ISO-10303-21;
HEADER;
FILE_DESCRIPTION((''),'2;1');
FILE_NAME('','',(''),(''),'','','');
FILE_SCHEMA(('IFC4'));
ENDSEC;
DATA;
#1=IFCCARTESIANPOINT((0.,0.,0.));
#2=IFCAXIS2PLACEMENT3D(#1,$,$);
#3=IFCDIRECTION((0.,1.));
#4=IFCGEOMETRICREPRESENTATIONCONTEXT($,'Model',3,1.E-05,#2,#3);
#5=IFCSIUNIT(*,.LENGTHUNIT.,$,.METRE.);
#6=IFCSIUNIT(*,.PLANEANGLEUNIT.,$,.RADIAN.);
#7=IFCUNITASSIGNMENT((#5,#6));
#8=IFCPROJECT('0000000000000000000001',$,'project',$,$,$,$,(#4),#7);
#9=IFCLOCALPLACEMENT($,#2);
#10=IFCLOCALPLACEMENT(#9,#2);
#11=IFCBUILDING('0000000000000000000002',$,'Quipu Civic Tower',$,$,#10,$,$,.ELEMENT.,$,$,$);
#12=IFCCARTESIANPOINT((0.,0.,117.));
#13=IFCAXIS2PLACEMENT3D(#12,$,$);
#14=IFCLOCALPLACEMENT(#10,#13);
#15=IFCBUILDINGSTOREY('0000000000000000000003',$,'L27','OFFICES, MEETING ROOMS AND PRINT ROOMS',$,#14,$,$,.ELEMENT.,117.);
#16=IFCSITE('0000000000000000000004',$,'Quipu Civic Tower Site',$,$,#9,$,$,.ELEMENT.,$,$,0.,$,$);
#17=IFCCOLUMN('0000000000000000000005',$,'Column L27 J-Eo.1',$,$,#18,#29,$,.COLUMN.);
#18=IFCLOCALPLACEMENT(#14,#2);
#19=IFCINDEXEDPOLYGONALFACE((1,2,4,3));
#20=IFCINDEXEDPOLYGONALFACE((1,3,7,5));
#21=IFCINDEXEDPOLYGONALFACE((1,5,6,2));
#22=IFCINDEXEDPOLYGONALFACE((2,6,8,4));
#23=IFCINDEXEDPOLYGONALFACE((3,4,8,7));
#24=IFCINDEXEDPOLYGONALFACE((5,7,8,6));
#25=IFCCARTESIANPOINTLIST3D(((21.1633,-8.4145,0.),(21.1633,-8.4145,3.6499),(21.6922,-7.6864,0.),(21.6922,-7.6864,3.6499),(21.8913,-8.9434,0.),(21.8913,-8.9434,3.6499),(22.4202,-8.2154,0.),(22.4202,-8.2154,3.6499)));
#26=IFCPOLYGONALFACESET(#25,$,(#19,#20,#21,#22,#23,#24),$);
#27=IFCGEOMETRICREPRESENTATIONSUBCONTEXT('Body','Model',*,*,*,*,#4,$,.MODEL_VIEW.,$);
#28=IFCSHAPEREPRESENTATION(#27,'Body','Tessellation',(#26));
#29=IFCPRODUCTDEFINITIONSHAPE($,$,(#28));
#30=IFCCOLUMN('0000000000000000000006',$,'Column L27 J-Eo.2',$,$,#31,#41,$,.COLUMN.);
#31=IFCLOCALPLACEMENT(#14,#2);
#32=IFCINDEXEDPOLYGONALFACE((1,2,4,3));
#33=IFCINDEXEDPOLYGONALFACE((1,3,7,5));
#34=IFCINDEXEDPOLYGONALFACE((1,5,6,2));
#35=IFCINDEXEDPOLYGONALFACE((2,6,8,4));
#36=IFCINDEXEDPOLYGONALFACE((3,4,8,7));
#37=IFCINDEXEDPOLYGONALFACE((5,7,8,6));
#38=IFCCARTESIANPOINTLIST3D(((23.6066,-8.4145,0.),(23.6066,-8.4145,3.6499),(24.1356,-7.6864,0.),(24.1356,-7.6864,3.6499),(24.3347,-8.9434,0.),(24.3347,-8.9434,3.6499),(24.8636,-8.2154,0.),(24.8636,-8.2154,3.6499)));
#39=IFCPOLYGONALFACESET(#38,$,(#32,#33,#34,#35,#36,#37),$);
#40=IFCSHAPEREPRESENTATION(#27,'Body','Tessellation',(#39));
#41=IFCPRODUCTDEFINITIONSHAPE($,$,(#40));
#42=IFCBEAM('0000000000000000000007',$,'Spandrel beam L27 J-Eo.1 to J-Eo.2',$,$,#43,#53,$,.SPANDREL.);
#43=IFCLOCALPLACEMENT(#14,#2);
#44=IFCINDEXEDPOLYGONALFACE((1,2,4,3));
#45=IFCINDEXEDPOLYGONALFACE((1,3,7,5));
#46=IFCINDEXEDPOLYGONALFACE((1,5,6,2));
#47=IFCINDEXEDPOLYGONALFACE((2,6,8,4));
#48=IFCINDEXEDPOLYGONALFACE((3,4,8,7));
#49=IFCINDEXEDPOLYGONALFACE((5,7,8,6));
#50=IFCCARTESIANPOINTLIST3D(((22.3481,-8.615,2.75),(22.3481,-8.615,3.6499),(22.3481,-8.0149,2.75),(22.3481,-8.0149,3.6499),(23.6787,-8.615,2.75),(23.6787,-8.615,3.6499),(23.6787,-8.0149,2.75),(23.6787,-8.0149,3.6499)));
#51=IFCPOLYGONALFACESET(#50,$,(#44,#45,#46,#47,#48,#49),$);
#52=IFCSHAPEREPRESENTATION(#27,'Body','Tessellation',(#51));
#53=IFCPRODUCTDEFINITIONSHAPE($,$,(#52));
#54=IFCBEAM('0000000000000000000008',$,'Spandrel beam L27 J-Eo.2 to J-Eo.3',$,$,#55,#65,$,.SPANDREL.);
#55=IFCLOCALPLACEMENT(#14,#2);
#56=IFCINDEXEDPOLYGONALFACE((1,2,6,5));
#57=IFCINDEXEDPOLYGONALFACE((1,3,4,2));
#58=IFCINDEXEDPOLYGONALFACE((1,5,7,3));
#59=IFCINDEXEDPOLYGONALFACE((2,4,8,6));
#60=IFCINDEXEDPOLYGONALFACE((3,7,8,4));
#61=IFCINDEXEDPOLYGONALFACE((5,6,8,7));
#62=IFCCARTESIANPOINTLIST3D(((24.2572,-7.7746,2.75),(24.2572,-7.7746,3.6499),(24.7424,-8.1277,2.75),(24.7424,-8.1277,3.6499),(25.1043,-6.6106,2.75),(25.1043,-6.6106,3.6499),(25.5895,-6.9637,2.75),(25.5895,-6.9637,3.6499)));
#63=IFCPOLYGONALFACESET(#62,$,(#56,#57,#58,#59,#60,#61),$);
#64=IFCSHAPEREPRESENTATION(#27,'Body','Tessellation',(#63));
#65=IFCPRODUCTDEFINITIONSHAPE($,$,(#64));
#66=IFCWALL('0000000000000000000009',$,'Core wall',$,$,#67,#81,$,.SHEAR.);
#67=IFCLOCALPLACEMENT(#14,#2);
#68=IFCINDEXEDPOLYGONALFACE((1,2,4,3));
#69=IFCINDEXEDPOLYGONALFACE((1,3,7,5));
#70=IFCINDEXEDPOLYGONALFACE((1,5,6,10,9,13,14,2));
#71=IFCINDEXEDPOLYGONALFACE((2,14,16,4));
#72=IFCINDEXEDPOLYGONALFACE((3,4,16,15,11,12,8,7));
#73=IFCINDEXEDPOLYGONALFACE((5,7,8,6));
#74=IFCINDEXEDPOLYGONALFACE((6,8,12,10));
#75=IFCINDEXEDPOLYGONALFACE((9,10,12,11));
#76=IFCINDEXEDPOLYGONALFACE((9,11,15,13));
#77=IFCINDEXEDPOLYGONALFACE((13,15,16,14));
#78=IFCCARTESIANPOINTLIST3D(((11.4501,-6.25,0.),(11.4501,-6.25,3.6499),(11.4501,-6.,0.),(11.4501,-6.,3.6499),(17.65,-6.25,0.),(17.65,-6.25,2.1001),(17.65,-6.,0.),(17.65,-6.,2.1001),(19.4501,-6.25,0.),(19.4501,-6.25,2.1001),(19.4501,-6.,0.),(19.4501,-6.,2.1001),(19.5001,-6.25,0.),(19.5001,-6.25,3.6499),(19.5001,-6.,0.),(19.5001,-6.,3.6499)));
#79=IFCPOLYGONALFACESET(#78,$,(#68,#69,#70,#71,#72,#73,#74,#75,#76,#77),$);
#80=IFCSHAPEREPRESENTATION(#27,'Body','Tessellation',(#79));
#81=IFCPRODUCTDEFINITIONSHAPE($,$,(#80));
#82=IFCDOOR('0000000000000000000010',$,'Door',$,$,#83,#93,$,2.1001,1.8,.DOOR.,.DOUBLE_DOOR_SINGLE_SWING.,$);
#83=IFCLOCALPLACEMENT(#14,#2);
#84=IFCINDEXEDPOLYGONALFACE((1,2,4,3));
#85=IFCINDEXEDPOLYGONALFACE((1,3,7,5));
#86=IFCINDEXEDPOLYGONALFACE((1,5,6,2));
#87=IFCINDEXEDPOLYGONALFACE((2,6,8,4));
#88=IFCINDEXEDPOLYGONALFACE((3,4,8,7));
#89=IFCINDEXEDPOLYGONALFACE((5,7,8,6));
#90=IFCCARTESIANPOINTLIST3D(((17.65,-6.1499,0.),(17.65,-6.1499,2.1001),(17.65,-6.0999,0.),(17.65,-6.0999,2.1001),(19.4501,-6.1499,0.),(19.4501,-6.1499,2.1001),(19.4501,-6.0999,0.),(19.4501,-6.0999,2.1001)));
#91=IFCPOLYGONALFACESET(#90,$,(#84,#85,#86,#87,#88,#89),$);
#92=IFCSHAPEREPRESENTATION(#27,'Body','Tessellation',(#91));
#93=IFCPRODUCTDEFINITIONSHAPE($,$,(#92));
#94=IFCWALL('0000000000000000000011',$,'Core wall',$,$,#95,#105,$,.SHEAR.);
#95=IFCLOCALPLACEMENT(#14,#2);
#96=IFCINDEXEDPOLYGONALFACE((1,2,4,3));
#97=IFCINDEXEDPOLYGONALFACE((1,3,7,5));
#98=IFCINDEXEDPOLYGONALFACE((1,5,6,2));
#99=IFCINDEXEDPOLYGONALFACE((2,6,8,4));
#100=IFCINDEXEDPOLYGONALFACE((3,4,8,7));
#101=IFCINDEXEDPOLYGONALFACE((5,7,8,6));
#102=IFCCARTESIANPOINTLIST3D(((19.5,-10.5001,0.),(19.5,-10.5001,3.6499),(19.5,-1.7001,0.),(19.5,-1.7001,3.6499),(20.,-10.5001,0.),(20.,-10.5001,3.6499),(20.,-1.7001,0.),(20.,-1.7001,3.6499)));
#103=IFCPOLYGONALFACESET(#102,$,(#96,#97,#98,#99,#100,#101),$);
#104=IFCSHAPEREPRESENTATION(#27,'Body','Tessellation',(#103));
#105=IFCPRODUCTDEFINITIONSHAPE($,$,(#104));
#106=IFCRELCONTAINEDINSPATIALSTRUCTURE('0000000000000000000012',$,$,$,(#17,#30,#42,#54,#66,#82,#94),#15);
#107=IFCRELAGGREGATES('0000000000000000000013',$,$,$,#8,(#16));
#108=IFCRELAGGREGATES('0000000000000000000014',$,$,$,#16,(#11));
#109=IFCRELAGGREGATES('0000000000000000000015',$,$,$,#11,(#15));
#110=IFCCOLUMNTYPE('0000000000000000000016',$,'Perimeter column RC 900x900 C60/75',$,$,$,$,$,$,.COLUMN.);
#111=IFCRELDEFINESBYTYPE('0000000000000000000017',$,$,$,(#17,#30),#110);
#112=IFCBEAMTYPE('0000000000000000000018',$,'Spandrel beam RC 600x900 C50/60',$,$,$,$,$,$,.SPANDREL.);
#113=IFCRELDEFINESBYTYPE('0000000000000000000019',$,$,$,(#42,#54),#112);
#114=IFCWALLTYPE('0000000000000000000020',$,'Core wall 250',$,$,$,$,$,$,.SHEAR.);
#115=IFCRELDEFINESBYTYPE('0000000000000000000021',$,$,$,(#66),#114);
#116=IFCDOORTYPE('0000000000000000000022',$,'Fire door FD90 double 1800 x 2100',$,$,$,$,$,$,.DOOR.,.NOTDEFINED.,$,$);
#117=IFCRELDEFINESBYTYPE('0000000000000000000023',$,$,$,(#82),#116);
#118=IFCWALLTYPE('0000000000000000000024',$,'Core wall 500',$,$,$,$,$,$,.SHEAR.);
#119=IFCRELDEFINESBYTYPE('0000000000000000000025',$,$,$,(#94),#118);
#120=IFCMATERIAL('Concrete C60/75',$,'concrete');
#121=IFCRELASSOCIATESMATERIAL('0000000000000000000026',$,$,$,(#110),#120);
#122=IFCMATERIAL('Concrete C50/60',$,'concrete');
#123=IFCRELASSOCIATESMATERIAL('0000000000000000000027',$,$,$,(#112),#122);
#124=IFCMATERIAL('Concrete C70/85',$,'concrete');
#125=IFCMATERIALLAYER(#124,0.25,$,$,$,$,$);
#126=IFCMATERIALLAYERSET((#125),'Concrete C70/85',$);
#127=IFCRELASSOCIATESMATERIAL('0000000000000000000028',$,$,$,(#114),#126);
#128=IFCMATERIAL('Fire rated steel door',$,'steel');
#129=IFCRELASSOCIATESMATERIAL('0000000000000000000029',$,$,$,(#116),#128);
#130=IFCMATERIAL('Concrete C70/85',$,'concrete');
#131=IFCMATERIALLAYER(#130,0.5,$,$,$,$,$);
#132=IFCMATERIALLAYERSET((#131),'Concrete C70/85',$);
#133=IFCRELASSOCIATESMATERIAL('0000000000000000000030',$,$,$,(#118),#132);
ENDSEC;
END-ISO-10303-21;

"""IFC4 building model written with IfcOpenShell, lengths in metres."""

from ifc_helpers import new_model, si_unit, direction, frame, frame_2d, origin, origin_2d, place, context, subcontext, project, spatial, rectangle, extrude, material, layer, layer_set, material_profile, profile_set, type_object, element, fill, save


model = new_model("IFC4")

# Units and contexts
model_context = context("Model", 3, precision=1e-05, world=origin(), true_north=direction((0.0, 1.0)))
body_context = subcontext(model_context, "Body", "Model", "MODEL_VIEW")
ifc_project = project(units=[si_unit("LENGTHUNIT", "METRE"), si_unit("PLANEANGLEUNIT", "RADIAN")], contexts=[model_context])

# Site, building, storey
site_placement = place(None, origin())
site = spatial("IfcSite", under=ifc_project, at=site_placement, Name="Quipu Civic Tower Site", CompositionType="ELEMENT", RefElevation=0.0)
building_placement = place(site_placement, origin())
building = spatial("IfcBuilding", under=site, at=building_placement, Name="Quipu Civic Tower", CompositionType="ELEMENT")
storey_placement = place(building_placement, frame((0.0, 0.0, 117.0)))
storey = spatial("IfcBuildingStorey", under=building, at=storey_placement, Name="L27", Description="OFFICES, MEETING ROOMS AND PRINT ROOMS", CompositionType="ELEMENT", Elevation=117.0)

# Columns
ifc_material_1 = material(Name="Concrete C60/75", Category="concrete")
ifc_material_profile_1 = material_profile(ifc_material_1, rectangle(XDim=0.8999, YDim=0.8999, at=origin_2d()), Name="RC900x900")
ifc_profile_set_1 = profile_set([ifc_material_profile_1], Name="Concrete C60/75")
column_type = type_object("IfcColumnType", Name="Perimeter column RC 900x900 C60/75", PredefinedType="COLUMN", material=ifc_profile_set_1)
for number, where, z_axis, x_axis, name in (
    (1, (21.7917, -8.3149, 0.0), (0.0, 0.0, 1.0), (0.587785, 0.809017, 0.0), "Column L27 J-Eo.1"),
    (2, (24.2351, -8.3149, 0.0), (0.0, 0.0, 1.0), (0.587785, 0.809017, 0.0), "Column L27 J-Eo.2"),
):
    element("IfcColumn", number, at=place(storey_placement, frame(where, z_axis=z_axis, x_axis=x_axis)), inside=storey, type_object=column_type, Name=name, PredefinedType="COLUMN", context=body_context, shape_type="SweptSolid", body=[
        extrude(rectangle(XDim=0.8999, YDim=0.8999, at=origin_2d()), origin(), (0.0, 0.0, 1.0), 3.6499),
    ])

# Beams
ifc_material_2 = material(Name="Concrete C50/60", Category="concrete")
ifc_material_profile_2 = material_profile(ifc_material_2, rectangle(XDim=0.6001, YDim=0.8999, at=origin_2d()), Name="RC600x900")
ifc_profile_set_2 = profile_set([ifc_material_profile_2], Name="Concrete C50/60")
beam_type = type_object("IfcBeamType", Name="Spandrel beam RC 600x900 C50/60", PredefinedType="SPANDREL", material=ifc_profile_set_2)
beam_1_placement = place(storey_placement, frame((22.3481, -8.3149, 3.2), z_axis=(1.0, 0.0, 0.0), x_axis=(0.0, 1.0, 0.0)))
element("IfcBeam", 3, at=beam_1_placement, inside=storey, type_object=beam_type, Name="Spandrel beam L27 J-Eo.1 to J-Eo.2", PredefinedType="SPANDREL", context=body_context, shape_type="SweptSolid", body=[
    extrude(rectangle(XDim=0.6001, YDim=0.8999, at=origin_2d()), origin(), (0.0, 0.0, 1.0), 1.3306),
])
beam_2_placement = place(storey_placement, frame((24.4998, -7.9512, 3.2), z_axis=(0.588434, 0.808545, 0.0), x_axis=(-0.808545, 0.588434, 0.0)))
element("IfcBeam", 4, at=beam_2_placement, inside=storey, type_object=beam_type, Name="Spandrel beam L27 J-Eo.2 to J-Eo.3", PredefinedType="SPANDREL", context=body_context, shape_type="SweptSolid", body=[
    extrude(rectangle(XDim=0.6001, YDim=0.8999, at=origin_2d()), origin(), (0.0, 0.0, 1.0), 1.4397),
])

# Wall, opening, door
ifc_material_3 = material(Name="Concrete C70/85", Category="concrete")
ifc_layer_1 = layer(ifc_material_3, 0.25)
ifc_layer_set_1 = layer_set([ifc_layer_1], Name="Concrete C70/85")
wall_type_1 = type_object("IfcWallType", Name="Core wall 250", PredefinedType="SHEAR", material=ifc_layer_set_1)
wall_1_placement = place(storey_placement, frame((19.5, -6.125, 0.0), z_axis=(0.0, 0.0, 1.0), x_axis=(-1.0, 0.0, 0.0)))
wall_1 = element("IfcWall", 5, at=wall_1_placement, inside=storey, type_object=wall_type_1, Name="Core wall", PredefinedType="SHEAR", context=body_context, shape_type="SweptSolid", body=[
    extrude(rectangle(XDim=8.05, YDim=0.25, at=frame_2d((4.0249, 0.0))), origin(), (0.0, 0.0, 1.0), 3.6499),
])
opening_1_placement = place(wall_1_placement, frame((0.05, 0.0, 0.0)))
opening_1 = element("IfcOpeningElement", 6, at=opening_1_placement, cuts=wall_1, PredefinedType="OPENING", context=body_context, shape_type="SweptSolid", body=[
    extrude(rectangle(XDim=1.8, YDim=2.1001, at=frame_2d((0.8999, 1.05))), frame((0.0, 0.135, 0.0), z_axis=(0.0, -1.0, 0.0), x_axis=(1.0, 0.0, 0.0)), (0.0, 0.0, 1.0), 0.27),
])
ifc_material_4 = material(Name="Fire rated steel door", Category="steel")
door_type_1 = type_object("IfcDoorType", Name="Fire door FD90 double 1800 x 2100", OperationType="NOTDEFINED", PredefinedType="DOOR", material=ifc_material_4)
door_1_placement = place(opening_1_placement, origin())
door_1 = element("IfcDoor", 7, at=door_1_placement, inside=storey, type_object=door_type_1, Name="Door", OperationType="DOUBLE_DOOR_SINGLE_SWING", OverallHeight=2.1001, OverallWidth=1.8, PredefinedType="DOOR", context=body_context, shape_type="SweptSolid", body=[
    extrude(rectangle(XDim=1.8, YDim=2.1001, at=frame_2d((0.8999, 1.05))), frame((0.0, 0.0249, 0.0), z_axis=(0.0, -1.0, 0.0), x_axis=(1.0, 0.0, 0.0)), (0.0, 0.0, 1.0), 0.05),
])
fill(opening_1, door_1)

# Wall
ifc_material_5 = material(Name="Concrete C70/85", Category="concrete")
ifc_layer_2 = layer(ifc_material_5, 0.5)
ifc_layer_set_2 = layer_set([ifc_layer_2], Name="Concrete C70/85")
wall_type_2 = type_object("IfcWallType", Name="Core wall 500", PredefinedType="SHEAR", material=ifc_layer_set_2)
wall_2_placement = place(storey_placement, frame((19.75, -10.5, 0.0), z_axis=(0.0, 0.0, 1.0), x_axis=(0.0, 1.0, 0.0)))
element("IfcWall", 8, at=wall_2_placement, inside=storey, type_object=wall_type_2, Name="Core wall", PredefinedType="SHEAR", context=body_context, shape_type="SweptSolid", body=[
    extrude(rectangle(XDim=8.8, YDim=0.5, at=frame_2d((4.3999, 0.0))), origin(), (0.0, 0.0, 1.0), 3.6499),
])

save(model, "model.ifc")
